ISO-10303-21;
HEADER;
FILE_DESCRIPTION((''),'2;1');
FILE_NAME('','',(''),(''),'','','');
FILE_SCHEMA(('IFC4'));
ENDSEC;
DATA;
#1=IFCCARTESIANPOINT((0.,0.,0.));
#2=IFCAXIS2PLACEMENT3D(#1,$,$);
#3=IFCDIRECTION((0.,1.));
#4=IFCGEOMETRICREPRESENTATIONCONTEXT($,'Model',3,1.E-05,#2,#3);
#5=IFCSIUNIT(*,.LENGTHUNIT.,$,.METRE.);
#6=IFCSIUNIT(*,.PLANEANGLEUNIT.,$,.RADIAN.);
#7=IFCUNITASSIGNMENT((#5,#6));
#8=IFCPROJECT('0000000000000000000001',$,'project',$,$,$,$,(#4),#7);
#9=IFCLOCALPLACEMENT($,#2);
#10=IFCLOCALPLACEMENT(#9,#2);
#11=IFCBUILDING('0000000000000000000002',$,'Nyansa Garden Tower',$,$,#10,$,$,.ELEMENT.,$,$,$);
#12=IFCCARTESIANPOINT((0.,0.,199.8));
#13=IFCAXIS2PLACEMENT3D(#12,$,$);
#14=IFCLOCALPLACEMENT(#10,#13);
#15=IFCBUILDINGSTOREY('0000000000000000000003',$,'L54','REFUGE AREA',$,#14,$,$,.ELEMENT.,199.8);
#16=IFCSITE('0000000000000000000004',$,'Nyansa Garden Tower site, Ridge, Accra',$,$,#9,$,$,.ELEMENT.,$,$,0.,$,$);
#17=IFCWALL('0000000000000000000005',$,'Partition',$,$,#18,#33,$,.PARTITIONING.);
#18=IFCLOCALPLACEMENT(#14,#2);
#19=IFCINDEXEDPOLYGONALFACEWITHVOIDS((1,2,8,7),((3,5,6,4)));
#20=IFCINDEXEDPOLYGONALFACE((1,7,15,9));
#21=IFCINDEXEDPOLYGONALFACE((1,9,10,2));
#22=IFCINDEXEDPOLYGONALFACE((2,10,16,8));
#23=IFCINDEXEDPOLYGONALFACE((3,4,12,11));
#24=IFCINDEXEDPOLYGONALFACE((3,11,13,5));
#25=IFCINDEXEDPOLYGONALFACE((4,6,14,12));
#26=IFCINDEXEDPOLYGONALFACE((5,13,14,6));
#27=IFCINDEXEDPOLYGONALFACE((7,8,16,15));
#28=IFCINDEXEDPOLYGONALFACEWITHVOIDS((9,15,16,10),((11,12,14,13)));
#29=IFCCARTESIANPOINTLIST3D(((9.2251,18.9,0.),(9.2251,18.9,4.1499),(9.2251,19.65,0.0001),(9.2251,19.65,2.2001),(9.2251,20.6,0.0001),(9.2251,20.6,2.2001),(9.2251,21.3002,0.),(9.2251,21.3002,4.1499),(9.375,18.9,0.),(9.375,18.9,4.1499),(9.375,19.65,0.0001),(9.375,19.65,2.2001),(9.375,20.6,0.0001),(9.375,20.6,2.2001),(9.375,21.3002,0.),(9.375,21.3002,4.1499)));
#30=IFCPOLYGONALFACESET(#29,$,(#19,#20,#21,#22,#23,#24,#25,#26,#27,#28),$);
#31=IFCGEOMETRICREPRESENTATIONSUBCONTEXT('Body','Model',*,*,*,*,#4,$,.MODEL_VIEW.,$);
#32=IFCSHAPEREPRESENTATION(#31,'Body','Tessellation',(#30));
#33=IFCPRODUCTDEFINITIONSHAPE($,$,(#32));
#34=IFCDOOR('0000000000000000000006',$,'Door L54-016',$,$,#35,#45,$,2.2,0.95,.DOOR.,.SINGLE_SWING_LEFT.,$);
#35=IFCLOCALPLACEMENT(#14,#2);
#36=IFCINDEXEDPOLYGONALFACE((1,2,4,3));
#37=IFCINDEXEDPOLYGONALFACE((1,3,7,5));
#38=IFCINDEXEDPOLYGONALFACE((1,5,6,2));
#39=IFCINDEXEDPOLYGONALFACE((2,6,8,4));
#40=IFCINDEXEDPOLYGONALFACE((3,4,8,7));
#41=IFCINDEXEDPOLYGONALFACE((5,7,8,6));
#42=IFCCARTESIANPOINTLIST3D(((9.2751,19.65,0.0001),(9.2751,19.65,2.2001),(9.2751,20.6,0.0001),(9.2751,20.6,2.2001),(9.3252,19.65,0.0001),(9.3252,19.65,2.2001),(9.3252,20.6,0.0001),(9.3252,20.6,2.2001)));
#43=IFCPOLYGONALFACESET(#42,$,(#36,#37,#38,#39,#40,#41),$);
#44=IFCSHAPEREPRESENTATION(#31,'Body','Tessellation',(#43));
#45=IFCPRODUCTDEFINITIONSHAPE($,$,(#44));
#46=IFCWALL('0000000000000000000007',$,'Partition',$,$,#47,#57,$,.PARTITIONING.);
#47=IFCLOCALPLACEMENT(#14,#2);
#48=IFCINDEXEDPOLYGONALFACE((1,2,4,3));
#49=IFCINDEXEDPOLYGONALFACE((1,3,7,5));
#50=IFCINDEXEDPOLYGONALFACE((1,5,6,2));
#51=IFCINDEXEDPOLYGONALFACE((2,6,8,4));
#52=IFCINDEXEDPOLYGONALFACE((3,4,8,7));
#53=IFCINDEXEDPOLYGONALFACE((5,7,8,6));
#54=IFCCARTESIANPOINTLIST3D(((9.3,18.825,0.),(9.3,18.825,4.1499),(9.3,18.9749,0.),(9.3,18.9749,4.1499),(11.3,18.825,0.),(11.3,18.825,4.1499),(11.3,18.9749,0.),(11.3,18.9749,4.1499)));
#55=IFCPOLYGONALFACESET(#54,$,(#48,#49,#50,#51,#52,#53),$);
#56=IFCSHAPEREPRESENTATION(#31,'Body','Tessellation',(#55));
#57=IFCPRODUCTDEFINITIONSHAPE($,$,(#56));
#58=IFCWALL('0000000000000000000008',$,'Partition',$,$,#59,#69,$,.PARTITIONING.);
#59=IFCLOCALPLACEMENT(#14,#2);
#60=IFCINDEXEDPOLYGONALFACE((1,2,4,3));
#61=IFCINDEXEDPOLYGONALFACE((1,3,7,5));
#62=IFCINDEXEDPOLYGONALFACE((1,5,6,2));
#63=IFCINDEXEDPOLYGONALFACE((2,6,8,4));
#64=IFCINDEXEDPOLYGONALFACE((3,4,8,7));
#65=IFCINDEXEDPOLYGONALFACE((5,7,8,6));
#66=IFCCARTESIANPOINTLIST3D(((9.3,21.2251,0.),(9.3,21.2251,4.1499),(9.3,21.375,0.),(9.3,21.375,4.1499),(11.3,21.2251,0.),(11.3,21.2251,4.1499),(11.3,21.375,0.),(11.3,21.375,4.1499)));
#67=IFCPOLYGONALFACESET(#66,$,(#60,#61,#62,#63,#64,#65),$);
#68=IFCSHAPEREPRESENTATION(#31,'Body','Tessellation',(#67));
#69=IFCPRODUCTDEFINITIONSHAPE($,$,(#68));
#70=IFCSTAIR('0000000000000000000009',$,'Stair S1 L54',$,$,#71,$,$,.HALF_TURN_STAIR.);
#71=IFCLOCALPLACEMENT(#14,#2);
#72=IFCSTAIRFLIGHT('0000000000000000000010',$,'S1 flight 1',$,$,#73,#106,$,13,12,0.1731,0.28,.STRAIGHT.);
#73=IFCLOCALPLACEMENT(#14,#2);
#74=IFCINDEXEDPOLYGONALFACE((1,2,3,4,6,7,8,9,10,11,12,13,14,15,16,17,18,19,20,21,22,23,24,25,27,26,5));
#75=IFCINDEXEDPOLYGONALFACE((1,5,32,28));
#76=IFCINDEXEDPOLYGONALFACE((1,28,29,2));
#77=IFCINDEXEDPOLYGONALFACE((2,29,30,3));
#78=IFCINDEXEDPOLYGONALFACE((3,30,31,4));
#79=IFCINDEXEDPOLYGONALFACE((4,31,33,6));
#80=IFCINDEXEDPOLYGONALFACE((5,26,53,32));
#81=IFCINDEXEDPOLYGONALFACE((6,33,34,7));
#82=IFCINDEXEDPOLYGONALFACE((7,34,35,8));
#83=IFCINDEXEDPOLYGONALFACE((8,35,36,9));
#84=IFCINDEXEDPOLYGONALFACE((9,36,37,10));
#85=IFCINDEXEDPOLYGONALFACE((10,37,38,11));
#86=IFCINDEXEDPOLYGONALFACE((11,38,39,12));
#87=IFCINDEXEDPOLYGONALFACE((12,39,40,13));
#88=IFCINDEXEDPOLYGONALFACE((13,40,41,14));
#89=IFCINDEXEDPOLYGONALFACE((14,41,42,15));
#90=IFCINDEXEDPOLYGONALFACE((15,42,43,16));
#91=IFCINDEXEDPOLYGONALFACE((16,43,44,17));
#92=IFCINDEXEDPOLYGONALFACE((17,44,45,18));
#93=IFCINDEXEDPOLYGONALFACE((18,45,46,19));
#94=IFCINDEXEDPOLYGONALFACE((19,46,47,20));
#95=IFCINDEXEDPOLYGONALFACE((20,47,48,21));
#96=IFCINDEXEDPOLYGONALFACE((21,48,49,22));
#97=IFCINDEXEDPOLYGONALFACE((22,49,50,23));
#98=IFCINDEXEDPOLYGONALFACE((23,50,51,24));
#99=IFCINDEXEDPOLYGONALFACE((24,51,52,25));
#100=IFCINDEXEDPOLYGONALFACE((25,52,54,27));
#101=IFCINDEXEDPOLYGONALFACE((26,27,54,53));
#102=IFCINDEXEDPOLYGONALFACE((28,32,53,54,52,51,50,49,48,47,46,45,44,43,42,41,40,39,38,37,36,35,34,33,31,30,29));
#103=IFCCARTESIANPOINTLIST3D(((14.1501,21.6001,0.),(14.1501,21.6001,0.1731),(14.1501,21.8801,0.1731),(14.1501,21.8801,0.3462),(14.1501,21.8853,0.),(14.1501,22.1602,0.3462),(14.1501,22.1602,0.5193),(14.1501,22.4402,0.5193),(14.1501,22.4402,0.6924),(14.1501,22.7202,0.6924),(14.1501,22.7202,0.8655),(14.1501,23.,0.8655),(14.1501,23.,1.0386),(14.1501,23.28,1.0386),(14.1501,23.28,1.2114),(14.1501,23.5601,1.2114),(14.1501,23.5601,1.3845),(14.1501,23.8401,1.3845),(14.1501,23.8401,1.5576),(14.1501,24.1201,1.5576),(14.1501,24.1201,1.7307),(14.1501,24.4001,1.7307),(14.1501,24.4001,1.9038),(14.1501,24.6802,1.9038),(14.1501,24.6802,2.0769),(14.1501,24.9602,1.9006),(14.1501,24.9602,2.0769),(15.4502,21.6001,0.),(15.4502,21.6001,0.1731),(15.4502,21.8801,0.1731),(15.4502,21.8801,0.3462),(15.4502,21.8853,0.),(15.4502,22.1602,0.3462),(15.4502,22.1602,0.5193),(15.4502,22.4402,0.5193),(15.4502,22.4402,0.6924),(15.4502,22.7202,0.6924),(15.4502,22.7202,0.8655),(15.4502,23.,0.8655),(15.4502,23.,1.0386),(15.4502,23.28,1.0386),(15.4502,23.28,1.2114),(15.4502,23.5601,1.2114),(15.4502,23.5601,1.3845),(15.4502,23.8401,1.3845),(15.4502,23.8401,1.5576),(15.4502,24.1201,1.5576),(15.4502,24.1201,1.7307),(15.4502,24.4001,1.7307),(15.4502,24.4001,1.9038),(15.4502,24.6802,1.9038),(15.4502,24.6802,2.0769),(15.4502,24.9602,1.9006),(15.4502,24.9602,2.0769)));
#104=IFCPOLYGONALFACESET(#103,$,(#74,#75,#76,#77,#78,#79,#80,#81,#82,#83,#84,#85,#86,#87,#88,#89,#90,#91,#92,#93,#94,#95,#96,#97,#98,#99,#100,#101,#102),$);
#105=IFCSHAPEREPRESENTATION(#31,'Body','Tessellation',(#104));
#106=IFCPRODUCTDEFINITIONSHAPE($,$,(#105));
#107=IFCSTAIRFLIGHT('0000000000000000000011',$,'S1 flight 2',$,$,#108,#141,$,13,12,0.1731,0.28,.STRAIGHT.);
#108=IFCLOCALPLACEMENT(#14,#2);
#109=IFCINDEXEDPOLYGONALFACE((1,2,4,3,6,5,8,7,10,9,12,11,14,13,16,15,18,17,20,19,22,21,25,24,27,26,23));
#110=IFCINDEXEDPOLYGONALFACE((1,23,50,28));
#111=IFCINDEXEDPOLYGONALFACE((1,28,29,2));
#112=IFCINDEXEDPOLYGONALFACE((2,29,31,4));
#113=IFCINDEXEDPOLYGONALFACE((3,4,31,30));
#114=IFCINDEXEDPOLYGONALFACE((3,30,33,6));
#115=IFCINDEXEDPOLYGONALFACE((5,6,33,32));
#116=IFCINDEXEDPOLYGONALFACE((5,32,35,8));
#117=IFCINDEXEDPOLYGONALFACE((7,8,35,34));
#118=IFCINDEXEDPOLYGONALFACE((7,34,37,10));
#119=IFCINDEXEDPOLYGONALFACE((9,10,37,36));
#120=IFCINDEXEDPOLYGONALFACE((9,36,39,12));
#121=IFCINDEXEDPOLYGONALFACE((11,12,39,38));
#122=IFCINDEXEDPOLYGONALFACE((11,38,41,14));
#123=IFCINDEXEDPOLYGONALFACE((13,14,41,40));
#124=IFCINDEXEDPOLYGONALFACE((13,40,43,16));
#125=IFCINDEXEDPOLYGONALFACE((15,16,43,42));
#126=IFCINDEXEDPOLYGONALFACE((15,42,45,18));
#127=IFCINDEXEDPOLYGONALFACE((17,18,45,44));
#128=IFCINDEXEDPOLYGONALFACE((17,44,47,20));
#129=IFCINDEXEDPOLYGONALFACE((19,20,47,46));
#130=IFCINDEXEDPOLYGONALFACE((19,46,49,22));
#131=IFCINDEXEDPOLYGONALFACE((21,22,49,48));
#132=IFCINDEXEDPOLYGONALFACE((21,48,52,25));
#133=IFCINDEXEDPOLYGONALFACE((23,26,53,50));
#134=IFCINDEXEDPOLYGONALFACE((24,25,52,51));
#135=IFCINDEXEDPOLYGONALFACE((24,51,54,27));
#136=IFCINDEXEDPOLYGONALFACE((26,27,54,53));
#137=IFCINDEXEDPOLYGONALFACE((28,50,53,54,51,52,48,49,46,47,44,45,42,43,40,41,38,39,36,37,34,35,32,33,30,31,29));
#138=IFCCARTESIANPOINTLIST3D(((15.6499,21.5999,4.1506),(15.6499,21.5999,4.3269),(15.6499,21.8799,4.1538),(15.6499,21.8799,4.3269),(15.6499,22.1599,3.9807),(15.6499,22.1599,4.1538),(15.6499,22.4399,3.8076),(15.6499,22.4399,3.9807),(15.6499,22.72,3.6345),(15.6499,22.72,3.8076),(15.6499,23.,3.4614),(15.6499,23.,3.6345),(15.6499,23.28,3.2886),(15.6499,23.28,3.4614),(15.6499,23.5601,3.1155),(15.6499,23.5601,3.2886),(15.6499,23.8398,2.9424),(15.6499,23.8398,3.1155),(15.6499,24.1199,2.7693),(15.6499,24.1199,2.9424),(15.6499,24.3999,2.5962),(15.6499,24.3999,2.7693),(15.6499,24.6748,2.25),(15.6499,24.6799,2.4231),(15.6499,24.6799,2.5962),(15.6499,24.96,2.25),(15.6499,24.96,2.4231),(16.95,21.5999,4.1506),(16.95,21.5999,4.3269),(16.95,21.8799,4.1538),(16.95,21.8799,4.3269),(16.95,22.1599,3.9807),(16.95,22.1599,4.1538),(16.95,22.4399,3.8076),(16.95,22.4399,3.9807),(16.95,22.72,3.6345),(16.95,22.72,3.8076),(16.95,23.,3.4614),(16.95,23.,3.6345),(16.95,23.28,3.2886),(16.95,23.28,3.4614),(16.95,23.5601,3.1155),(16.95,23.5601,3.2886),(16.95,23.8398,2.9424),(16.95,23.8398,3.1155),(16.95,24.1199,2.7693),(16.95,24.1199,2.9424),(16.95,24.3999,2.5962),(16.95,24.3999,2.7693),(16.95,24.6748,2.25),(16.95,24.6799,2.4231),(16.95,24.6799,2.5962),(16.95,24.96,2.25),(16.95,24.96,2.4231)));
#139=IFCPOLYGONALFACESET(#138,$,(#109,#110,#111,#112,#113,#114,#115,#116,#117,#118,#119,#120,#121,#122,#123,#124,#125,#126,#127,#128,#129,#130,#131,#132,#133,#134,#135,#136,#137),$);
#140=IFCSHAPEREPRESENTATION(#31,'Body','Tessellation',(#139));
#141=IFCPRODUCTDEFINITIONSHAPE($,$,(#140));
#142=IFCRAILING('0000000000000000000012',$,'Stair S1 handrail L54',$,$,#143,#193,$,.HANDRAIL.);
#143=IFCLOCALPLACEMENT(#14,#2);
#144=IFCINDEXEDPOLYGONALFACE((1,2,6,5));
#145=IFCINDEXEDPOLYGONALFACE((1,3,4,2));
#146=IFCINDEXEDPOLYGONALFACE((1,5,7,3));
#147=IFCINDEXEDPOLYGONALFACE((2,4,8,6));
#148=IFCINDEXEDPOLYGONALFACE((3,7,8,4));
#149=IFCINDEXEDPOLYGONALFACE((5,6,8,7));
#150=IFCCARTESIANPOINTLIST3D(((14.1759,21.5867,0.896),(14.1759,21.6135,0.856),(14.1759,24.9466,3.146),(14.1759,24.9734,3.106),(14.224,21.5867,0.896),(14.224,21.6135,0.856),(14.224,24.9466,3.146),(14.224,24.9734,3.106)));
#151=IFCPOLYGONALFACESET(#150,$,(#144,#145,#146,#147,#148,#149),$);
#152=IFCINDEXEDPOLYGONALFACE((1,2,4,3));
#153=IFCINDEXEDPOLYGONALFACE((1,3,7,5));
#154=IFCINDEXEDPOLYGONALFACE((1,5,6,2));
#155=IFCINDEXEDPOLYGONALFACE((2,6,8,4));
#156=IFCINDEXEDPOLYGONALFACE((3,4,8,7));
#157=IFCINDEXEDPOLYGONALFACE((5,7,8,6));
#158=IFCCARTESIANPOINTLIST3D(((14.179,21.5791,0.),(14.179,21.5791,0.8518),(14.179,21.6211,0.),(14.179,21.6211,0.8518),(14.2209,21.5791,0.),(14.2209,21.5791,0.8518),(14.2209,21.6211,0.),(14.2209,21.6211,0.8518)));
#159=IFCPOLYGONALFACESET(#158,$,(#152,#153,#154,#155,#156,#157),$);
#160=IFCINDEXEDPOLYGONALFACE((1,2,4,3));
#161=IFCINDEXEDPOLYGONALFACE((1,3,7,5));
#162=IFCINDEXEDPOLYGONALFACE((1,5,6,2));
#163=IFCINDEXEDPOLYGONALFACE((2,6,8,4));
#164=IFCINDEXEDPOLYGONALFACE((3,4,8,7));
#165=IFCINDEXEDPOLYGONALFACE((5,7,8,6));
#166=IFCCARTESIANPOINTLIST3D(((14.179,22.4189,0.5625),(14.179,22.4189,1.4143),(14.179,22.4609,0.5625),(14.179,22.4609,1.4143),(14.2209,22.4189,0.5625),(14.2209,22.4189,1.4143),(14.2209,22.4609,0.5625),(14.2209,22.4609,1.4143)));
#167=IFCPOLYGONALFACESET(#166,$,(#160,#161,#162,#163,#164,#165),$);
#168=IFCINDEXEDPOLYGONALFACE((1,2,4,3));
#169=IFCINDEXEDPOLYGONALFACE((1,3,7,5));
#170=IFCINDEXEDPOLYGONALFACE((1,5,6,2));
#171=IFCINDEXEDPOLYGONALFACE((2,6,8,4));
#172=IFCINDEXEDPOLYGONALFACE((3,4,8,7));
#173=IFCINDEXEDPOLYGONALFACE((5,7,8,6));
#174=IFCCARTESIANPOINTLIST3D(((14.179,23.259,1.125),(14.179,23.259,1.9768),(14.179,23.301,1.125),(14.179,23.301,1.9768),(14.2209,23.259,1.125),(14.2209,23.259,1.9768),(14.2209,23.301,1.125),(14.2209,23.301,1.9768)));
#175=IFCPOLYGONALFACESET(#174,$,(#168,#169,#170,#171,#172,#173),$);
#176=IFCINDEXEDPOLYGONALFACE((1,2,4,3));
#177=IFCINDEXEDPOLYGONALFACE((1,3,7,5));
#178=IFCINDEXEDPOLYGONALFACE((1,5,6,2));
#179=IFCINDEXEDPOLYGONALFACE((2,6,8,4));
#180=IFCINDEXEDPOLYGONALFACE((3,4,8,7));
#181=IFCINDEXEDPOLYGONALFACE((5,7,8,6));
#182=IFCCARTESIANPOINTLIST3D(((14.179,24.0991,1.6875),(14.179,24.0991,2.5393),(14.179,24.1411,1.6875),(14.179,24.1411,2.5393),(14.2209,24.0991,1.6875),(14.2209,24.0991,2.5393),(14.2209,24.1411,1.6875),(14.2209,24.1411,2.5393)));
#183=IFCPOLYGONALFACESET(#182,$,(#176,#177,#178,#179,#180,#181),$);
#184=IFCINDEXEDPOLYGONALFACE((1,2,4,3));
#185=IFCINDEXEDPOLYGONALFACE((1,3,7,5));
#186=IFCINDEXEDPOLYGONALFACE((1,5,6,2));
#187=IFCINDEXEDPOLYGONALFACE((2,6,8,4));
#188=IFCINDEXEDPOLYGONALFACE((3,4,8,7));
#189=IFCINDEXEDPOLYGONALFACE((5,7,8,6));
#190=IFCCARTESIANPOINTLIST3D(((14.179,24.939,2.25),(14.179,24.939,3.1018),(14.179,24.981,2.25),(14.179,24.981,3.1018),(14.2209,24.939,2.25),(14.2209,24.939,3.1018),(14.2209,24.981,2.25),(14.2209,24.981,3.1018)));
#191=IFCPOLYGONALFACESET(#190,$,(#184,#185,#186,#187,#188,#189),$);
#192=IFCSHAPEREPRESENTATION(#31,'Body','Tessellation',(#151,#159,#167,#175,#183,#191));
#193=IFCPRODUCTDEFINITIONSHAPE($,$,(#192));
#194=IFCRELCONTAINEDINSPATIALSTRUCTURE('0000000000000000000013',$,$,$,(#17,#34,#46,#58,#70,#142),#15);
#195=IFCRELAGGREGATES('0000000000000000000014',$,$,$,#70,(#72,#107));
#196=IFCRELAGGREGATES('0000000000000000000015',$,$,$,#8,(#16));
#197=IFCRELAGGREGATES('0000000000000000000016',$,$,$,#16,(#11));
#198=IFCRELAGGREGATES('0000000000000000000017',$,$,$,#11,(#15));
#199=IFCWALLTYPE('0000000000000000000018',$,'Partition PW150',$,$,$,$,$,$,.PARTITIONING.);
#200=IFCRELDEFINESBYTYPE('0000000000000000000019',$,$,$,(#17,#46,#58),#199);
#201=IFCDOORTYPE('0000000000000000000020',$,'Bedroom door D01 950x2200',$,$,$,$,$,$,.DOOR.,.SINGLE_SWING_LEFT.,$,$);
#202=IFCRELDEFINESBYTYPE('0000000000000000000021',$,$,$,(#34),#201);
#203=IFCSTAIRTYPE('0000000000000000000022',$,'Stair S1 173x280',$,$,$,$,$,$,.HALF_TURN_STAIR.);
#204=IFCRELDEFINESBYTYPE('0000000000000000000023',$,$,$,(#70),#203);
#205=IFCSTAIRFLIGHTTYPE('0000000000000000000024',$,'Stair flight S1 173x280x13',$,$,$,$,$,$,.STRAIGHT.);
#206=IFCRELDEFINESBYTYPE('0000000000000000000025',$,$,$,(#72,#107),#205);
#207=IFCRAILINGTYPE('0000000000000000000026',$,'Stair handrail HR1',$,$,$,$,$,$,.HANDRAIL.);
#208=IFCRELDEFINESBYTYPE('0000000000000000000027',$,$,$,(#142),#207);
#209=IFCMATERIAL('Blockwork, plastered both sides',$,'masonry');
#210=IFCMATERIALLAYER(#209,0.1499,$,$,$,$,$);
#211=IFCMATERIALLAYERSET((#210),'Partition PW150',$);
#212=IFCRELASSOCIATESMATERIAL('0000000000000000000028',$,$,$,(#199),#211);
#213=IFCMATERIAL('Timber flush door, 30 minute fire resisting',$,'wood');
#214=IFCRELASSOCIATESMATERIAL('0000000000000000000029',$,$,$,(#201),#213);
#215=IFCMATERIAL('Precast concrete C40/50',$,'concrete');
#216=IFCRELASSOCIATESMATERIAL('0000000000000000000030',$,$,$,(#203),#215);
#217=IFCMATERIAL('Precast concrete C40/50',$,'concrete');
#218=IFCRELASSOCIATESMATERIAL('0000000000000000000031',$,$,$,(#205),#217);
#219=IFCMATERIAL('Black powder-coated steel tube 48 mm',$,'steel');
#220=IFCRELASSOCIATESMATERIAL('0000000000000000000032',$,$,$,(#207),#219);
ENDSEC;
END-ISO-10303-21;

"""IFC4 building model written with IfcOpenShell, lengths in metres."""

from ifc_helpers import new_model, si_unit, direction, frame, frame_2d, origin, origin_2d, place, context, subcontext, project, spatial, polyline, rectangle, outline, extrude, material, layer, layer_set, type_object, element, fill, aggregate, save


model = new_model("IFC4")

# Units and contexts
model_context = context("Model", 3, precision=1e-05, world=origin(), true_north=direction((0.0, 1.0)))
body_context = subcontext(model_context, "Body", "Model", "MODEL_VIEW")
ifc_project = project(units=[si_unit("LENGTHUNIT", "METRE"), si_unit("PLANEANGLEUNIT", "RADIAN")], contexts=[model_context])

# Site, building, storey
site_placement = place(None, origin())
site = spatial("IfcSite", under=ifc_project, at=site_placement, Name="Nyansa Garden Tower site, Ridge, Accra", CompositionType="ELEMENT", RefElevation=0.0)
building_placement = place(site_placement, origin())
building = spatial("IfcBuilding", under=site, at=building_placement, Name="Nyansa Garden Tower", CompositionType="ELEMENT")
storey_placement = place(building_placement, frame((0.0, 0.0, 199.8)))
storey = spatial("IfcBuildingStorey", under=building, at=storey_placement, Name="L54", Description="REFUGE AREA", CompositionType="ELEMENT", Elevation=199.8)

# Wall, opening, door
ifc_material_1 = material(Name="Blockwork, plastered both sides", Category="masonry")
ifc_layer_1 = layer(ifc_material_1, 0.1499)
ifc_layer_set_1 = layer_set([ifc_layer_1], Name="Partition PW150")
wall_type_1 = type_object("IfcWallType", Name="Partition PW150", PredefinedType="PARTITIONING", material=ifc_layer_set_1)
wall_1_placement = place(storey_placement, frame((9.3, 18.8999, 0.0), z_axis=(0.0, 0.0, 1.0), x_axis=(0.0, 1.0, 0.0)))
wall_1 = element("IfcWall", 1, at=wall_1_placement, inside=storey, type_object=wall_type_1, Name="Partition", PredefinedType="PARTITIONING", context=body_context, shape_type="SweptSolid", body=[
    extrude(rectangle(XDim=2.4001, YDim=0.1499, at=frame_2d((1.2002, 0.0))), origin(), (0.0, 0.0, 1.0), 4.1499),
])
opening_1_placement = place(wall_1_placement, frame((0.75, 0.0, 0.0)))
opening_1 = element("IfcOpeningElement", 2, at=opening_1_placement, cuts=wall_1, PredefinedType="OPENING", context=body_context, shape_type="SweptSolid", body=[
    extrude(rectangle(XDim=0.95, YDim=2.2, at=frame_2d((0.4751, 1.1001))), frame((0.0, 0.085, 0.0), z_axis=(0.0, -1.0, 0.0), x_axis=(1.0, 0.0, 0.0)), (0.0, 0.0, 1.0), 0.1699),
])
ifc_material_2 = material(Name="Timber flush door, 30 minute fire resisting", Category="wood")
door_type_1 = type_object("IfcDoorType", Name="Bedroom door D01 950x2200", OperationType="SINGLE_SWING_LEFT", PredefinedType="DOOR", material=ifc_material_2)
door_1_placement = place(opening_1_placement, origin())
door_1 = element("IfcDoor", 3, at=door_1_placement, inside=storey, type_object=door_type_1, Name="Door L54-016", OperationType="SINGLE_SWING_LEFT", OverallHeight=2.2, OverallWidth=0.95, PredefinedType="DOOR", context=body_context, shape_type="SweptSolid", body=[
    extrude(rectangle(XDim=0.95, YDim=2.2, at=frame_2d((0.4751, 1.1001))), frame((0.0, 0.0249, 0.0), z_axis=(0.0, -1.0, 0.0), x_axis=(1.0, 0.0, 0.0)), (0.0, 0.0, 1.0), 0.05),
])
fill(opening_1, door_1)

# Walls
for number, where, z_axis, x_axis, name in (
    (4, (9.3, 18.8999, 0.0), (0.0, 0.0, 1.0), (1.0, 0.0, 0.0), "Partition"),
    (5, (9.3, 21.3, 0.0), (0.0, 0.0, 1.0), (1.0, 0.0, 0.0), "Partition"),
):
    element("IfcWall", number, at=place(storey_placement, frame(where, z_axis=z_axis, x_axis=x_axis)), inside=storey, type_object=wall_type_1, Name=name, PredefinedType="PARTITIONING", context=body_context, shape_type="SweptSolid", body=[
        extrude(rectangle(XDim=2.0, YDim=0.1499, at=frame_2d((1.0, 0.0))), origin(), (0.0, 0.0, 1.0), 4.1499),
    ])

# Stair, stair flights
ifc_material_3 = material(Name="Precast concrete C40/50", Category="concrete")
stair_type = type_object("IfcStairType", Name="Stair S1 173x280", PredefinedType="HALF_TURN_STAIR", material=ifc_material_3)
stair_placement = place(storey_placement, origin())
stair = element("IfcStair", 6, at=stair_placement, inside=storey, type_object=stair_type, Name="Stair S1 L54", PredefinedType="HALF_TURN_STAIR")
ifc_material_4 = material(Name="Precast concrete C40/50", Category="concrete")
stair_flight_type = type_object("IfcStairFlightType", Name="Stair flight S1 173x280x13", PredefinedType="STRAIGHT", material=ifc_material_4)
stair_flight_1_placement = place(storey_placement, frame((14.8, 21.6001, 0.0), z_axis=(0.0, 0.0, 1.0), x_axis=(0.0, 1.0, 0.0)))
stair_flight_1 = element("IfcStairFlight", 7, at=stair_flight_1_placement, type_object=stair_flight_type, Name="S1 flight 1", NumberOfRisers=13, NumberOfTreads=12, PredefinedType="STRAIGHT", RiserHeight=0.1731, TreadLength=0.28, context=body_context, shape_type="SweptSolid", body=[
    extrude(outline(polyline([(0.0, 0.0), (0.0, 0.1731), (0.28, 0.1731), (0.28, 0.3462), (0.5601, 0.3462), (0.5601, 0.5193), (0.8401, 0.5193), (0.8401, 0.6924), (1.1201, 0.6924), (1.1201, 0.8655), (1.3999, 0.8655), (1.3999, 1.0386), (1.6799, 1.0386), (1.6799, 1.2114), (1.96, 1.2114), (1.96, 1.3845), (2.24, 1.3845), (2.24, 1.5576), (2.52, 1.5576), (2.52, 1.7307), (2.8, 1.7307), (2.8, 1.9038), (3.0801, 1.9038), (3.0801, 2.0769), (3.3601, 2.0769), (3.3601, 2.25), (3.3601, 1.9006), (0.2852, 0.0), (0.0, 0.0)])), frame((0.0, 0.6499, 0.0), z_axis=(0.0, -1.0, 0.0), x_axis=(1.0, 0.0, 0.0)), (0.0, 0.0, 1.0), 1.3),
])
stair_flight_2_placement = place(storey_placement, frame((16.3, 24.96, 2.25), z_axis=(0.0, 0.0, 1.0), x_axis=(0.0, -1.0, 0.0)))
stair_flight_2 = element("IfcStairFlight", 8, at=stair_flight_2_placement, type_object=stair_flight_type, Name="S1 flight 2", NumberOfRisers=13, NumberOfTreads=12, PredefinedType="STRAIGHT", RiserHeight=0.1731, TreadLength=0.28, context=body_context, shape_type="SweptSolid", body=[
    extrude(outline(polyline([(0.0, 0.0), (0.0, 0.1731), (0.28, 0.1731), (0.28, 0.3462), (0.5601, 0.3462), (0.5601, 0.5193), (0.8401, 0.5193), (0.8401, 0.6924), (1.1201, 0.6924), (1.1201, 0.8655), (1.3999, 0.8655), (1.3999, 1.0386), (1.6799, 1.0386), (1.6799, 1.2114), (1.96, 1.2114), (1.96, 1.3845), (2.24, 1.3845), (2.24, 1.5576), (2.52, 1.5576), (2.52, 1.7307), (2.8, 1.7307), (2.8, 1.9038), (3.0801, 1.9038), (3.0801, 2.0769), (3.3601, 2.0769), (3.3601, 2.25), (3.3601, 1.9006), (0.2852, 0.0), (0.0, 0.0)])), frame((0.0, 0.6499, 0.0), z_axis=(0.0, -1.0, 0.0), x_axis=(1.0, 0.0, 0.0)), (0.0, 0.0, 1.0), 1.3),
])
aggregate(stair, [stair_flight_1, stair_flight_2])

# Railing
ifc_material_5 = material(Name="Black powder-coated steel tube 48 mm", Category="steel")
railing_type = type_object("IfcRailingType", Name="Stair handrail HR1", PredefinedType="HANDRAIL", material=ifc_material_5)
railing_placement = place(storey_placement, frame((14.2, 21.6001, 0.0)))
element("IfcRailing", 9, at=railing_placement, inside=storey, type_object=railing_type, Name="Stair S1 handrail L54", PredefinedType="HANDRAIL", context=body_context, shape_type="SweptSolid", body=[
    extrude(rectangle(XDim=0.0481, YDim=0.0481, at=origin_2d()), frame((0.0, 0.0, 0.876), z_axis=(0.0, 0.830897, 0.556427), x_axis=(-1.0, 0.0, 0.0)), (0.0, 0.0, 1.0), 4.0437),
    extrude(rectangle(XDim=0.042, YDim=0.042, at=origin_2d()), origin(), (0.0, 0.0, 1.0), 0.8518),
    extrude(rectangle(XDim=0.042, YDim=0.042, at=origin_2d()), frame((0.0, 0.8398, 0.5625)), (0.0, 0.0, 1.0), 0.8518),
    extrude(rectangle(XDim=0.042, YDim=0.042, at=origin_2d()), frame((0.0, 1.6799, 1.125)), (0.0, 0.0, 1.0), 0.8518),
    extrude(rectangle(XDim=0.042, YDim=0.042, at=origin_2d()), frame((0.0, 2.52, 1.6875)), (0.0, 0.0, 1.0), 0.8518),
    extrude(rectangle(XDim=0.042, YDim=0.042, at=origin_2d()), frame((0.0, 3.3599, 2.25)), (0.0, 0.0, 1.0), 0.8518),
])

save(model, "model.ifc")
